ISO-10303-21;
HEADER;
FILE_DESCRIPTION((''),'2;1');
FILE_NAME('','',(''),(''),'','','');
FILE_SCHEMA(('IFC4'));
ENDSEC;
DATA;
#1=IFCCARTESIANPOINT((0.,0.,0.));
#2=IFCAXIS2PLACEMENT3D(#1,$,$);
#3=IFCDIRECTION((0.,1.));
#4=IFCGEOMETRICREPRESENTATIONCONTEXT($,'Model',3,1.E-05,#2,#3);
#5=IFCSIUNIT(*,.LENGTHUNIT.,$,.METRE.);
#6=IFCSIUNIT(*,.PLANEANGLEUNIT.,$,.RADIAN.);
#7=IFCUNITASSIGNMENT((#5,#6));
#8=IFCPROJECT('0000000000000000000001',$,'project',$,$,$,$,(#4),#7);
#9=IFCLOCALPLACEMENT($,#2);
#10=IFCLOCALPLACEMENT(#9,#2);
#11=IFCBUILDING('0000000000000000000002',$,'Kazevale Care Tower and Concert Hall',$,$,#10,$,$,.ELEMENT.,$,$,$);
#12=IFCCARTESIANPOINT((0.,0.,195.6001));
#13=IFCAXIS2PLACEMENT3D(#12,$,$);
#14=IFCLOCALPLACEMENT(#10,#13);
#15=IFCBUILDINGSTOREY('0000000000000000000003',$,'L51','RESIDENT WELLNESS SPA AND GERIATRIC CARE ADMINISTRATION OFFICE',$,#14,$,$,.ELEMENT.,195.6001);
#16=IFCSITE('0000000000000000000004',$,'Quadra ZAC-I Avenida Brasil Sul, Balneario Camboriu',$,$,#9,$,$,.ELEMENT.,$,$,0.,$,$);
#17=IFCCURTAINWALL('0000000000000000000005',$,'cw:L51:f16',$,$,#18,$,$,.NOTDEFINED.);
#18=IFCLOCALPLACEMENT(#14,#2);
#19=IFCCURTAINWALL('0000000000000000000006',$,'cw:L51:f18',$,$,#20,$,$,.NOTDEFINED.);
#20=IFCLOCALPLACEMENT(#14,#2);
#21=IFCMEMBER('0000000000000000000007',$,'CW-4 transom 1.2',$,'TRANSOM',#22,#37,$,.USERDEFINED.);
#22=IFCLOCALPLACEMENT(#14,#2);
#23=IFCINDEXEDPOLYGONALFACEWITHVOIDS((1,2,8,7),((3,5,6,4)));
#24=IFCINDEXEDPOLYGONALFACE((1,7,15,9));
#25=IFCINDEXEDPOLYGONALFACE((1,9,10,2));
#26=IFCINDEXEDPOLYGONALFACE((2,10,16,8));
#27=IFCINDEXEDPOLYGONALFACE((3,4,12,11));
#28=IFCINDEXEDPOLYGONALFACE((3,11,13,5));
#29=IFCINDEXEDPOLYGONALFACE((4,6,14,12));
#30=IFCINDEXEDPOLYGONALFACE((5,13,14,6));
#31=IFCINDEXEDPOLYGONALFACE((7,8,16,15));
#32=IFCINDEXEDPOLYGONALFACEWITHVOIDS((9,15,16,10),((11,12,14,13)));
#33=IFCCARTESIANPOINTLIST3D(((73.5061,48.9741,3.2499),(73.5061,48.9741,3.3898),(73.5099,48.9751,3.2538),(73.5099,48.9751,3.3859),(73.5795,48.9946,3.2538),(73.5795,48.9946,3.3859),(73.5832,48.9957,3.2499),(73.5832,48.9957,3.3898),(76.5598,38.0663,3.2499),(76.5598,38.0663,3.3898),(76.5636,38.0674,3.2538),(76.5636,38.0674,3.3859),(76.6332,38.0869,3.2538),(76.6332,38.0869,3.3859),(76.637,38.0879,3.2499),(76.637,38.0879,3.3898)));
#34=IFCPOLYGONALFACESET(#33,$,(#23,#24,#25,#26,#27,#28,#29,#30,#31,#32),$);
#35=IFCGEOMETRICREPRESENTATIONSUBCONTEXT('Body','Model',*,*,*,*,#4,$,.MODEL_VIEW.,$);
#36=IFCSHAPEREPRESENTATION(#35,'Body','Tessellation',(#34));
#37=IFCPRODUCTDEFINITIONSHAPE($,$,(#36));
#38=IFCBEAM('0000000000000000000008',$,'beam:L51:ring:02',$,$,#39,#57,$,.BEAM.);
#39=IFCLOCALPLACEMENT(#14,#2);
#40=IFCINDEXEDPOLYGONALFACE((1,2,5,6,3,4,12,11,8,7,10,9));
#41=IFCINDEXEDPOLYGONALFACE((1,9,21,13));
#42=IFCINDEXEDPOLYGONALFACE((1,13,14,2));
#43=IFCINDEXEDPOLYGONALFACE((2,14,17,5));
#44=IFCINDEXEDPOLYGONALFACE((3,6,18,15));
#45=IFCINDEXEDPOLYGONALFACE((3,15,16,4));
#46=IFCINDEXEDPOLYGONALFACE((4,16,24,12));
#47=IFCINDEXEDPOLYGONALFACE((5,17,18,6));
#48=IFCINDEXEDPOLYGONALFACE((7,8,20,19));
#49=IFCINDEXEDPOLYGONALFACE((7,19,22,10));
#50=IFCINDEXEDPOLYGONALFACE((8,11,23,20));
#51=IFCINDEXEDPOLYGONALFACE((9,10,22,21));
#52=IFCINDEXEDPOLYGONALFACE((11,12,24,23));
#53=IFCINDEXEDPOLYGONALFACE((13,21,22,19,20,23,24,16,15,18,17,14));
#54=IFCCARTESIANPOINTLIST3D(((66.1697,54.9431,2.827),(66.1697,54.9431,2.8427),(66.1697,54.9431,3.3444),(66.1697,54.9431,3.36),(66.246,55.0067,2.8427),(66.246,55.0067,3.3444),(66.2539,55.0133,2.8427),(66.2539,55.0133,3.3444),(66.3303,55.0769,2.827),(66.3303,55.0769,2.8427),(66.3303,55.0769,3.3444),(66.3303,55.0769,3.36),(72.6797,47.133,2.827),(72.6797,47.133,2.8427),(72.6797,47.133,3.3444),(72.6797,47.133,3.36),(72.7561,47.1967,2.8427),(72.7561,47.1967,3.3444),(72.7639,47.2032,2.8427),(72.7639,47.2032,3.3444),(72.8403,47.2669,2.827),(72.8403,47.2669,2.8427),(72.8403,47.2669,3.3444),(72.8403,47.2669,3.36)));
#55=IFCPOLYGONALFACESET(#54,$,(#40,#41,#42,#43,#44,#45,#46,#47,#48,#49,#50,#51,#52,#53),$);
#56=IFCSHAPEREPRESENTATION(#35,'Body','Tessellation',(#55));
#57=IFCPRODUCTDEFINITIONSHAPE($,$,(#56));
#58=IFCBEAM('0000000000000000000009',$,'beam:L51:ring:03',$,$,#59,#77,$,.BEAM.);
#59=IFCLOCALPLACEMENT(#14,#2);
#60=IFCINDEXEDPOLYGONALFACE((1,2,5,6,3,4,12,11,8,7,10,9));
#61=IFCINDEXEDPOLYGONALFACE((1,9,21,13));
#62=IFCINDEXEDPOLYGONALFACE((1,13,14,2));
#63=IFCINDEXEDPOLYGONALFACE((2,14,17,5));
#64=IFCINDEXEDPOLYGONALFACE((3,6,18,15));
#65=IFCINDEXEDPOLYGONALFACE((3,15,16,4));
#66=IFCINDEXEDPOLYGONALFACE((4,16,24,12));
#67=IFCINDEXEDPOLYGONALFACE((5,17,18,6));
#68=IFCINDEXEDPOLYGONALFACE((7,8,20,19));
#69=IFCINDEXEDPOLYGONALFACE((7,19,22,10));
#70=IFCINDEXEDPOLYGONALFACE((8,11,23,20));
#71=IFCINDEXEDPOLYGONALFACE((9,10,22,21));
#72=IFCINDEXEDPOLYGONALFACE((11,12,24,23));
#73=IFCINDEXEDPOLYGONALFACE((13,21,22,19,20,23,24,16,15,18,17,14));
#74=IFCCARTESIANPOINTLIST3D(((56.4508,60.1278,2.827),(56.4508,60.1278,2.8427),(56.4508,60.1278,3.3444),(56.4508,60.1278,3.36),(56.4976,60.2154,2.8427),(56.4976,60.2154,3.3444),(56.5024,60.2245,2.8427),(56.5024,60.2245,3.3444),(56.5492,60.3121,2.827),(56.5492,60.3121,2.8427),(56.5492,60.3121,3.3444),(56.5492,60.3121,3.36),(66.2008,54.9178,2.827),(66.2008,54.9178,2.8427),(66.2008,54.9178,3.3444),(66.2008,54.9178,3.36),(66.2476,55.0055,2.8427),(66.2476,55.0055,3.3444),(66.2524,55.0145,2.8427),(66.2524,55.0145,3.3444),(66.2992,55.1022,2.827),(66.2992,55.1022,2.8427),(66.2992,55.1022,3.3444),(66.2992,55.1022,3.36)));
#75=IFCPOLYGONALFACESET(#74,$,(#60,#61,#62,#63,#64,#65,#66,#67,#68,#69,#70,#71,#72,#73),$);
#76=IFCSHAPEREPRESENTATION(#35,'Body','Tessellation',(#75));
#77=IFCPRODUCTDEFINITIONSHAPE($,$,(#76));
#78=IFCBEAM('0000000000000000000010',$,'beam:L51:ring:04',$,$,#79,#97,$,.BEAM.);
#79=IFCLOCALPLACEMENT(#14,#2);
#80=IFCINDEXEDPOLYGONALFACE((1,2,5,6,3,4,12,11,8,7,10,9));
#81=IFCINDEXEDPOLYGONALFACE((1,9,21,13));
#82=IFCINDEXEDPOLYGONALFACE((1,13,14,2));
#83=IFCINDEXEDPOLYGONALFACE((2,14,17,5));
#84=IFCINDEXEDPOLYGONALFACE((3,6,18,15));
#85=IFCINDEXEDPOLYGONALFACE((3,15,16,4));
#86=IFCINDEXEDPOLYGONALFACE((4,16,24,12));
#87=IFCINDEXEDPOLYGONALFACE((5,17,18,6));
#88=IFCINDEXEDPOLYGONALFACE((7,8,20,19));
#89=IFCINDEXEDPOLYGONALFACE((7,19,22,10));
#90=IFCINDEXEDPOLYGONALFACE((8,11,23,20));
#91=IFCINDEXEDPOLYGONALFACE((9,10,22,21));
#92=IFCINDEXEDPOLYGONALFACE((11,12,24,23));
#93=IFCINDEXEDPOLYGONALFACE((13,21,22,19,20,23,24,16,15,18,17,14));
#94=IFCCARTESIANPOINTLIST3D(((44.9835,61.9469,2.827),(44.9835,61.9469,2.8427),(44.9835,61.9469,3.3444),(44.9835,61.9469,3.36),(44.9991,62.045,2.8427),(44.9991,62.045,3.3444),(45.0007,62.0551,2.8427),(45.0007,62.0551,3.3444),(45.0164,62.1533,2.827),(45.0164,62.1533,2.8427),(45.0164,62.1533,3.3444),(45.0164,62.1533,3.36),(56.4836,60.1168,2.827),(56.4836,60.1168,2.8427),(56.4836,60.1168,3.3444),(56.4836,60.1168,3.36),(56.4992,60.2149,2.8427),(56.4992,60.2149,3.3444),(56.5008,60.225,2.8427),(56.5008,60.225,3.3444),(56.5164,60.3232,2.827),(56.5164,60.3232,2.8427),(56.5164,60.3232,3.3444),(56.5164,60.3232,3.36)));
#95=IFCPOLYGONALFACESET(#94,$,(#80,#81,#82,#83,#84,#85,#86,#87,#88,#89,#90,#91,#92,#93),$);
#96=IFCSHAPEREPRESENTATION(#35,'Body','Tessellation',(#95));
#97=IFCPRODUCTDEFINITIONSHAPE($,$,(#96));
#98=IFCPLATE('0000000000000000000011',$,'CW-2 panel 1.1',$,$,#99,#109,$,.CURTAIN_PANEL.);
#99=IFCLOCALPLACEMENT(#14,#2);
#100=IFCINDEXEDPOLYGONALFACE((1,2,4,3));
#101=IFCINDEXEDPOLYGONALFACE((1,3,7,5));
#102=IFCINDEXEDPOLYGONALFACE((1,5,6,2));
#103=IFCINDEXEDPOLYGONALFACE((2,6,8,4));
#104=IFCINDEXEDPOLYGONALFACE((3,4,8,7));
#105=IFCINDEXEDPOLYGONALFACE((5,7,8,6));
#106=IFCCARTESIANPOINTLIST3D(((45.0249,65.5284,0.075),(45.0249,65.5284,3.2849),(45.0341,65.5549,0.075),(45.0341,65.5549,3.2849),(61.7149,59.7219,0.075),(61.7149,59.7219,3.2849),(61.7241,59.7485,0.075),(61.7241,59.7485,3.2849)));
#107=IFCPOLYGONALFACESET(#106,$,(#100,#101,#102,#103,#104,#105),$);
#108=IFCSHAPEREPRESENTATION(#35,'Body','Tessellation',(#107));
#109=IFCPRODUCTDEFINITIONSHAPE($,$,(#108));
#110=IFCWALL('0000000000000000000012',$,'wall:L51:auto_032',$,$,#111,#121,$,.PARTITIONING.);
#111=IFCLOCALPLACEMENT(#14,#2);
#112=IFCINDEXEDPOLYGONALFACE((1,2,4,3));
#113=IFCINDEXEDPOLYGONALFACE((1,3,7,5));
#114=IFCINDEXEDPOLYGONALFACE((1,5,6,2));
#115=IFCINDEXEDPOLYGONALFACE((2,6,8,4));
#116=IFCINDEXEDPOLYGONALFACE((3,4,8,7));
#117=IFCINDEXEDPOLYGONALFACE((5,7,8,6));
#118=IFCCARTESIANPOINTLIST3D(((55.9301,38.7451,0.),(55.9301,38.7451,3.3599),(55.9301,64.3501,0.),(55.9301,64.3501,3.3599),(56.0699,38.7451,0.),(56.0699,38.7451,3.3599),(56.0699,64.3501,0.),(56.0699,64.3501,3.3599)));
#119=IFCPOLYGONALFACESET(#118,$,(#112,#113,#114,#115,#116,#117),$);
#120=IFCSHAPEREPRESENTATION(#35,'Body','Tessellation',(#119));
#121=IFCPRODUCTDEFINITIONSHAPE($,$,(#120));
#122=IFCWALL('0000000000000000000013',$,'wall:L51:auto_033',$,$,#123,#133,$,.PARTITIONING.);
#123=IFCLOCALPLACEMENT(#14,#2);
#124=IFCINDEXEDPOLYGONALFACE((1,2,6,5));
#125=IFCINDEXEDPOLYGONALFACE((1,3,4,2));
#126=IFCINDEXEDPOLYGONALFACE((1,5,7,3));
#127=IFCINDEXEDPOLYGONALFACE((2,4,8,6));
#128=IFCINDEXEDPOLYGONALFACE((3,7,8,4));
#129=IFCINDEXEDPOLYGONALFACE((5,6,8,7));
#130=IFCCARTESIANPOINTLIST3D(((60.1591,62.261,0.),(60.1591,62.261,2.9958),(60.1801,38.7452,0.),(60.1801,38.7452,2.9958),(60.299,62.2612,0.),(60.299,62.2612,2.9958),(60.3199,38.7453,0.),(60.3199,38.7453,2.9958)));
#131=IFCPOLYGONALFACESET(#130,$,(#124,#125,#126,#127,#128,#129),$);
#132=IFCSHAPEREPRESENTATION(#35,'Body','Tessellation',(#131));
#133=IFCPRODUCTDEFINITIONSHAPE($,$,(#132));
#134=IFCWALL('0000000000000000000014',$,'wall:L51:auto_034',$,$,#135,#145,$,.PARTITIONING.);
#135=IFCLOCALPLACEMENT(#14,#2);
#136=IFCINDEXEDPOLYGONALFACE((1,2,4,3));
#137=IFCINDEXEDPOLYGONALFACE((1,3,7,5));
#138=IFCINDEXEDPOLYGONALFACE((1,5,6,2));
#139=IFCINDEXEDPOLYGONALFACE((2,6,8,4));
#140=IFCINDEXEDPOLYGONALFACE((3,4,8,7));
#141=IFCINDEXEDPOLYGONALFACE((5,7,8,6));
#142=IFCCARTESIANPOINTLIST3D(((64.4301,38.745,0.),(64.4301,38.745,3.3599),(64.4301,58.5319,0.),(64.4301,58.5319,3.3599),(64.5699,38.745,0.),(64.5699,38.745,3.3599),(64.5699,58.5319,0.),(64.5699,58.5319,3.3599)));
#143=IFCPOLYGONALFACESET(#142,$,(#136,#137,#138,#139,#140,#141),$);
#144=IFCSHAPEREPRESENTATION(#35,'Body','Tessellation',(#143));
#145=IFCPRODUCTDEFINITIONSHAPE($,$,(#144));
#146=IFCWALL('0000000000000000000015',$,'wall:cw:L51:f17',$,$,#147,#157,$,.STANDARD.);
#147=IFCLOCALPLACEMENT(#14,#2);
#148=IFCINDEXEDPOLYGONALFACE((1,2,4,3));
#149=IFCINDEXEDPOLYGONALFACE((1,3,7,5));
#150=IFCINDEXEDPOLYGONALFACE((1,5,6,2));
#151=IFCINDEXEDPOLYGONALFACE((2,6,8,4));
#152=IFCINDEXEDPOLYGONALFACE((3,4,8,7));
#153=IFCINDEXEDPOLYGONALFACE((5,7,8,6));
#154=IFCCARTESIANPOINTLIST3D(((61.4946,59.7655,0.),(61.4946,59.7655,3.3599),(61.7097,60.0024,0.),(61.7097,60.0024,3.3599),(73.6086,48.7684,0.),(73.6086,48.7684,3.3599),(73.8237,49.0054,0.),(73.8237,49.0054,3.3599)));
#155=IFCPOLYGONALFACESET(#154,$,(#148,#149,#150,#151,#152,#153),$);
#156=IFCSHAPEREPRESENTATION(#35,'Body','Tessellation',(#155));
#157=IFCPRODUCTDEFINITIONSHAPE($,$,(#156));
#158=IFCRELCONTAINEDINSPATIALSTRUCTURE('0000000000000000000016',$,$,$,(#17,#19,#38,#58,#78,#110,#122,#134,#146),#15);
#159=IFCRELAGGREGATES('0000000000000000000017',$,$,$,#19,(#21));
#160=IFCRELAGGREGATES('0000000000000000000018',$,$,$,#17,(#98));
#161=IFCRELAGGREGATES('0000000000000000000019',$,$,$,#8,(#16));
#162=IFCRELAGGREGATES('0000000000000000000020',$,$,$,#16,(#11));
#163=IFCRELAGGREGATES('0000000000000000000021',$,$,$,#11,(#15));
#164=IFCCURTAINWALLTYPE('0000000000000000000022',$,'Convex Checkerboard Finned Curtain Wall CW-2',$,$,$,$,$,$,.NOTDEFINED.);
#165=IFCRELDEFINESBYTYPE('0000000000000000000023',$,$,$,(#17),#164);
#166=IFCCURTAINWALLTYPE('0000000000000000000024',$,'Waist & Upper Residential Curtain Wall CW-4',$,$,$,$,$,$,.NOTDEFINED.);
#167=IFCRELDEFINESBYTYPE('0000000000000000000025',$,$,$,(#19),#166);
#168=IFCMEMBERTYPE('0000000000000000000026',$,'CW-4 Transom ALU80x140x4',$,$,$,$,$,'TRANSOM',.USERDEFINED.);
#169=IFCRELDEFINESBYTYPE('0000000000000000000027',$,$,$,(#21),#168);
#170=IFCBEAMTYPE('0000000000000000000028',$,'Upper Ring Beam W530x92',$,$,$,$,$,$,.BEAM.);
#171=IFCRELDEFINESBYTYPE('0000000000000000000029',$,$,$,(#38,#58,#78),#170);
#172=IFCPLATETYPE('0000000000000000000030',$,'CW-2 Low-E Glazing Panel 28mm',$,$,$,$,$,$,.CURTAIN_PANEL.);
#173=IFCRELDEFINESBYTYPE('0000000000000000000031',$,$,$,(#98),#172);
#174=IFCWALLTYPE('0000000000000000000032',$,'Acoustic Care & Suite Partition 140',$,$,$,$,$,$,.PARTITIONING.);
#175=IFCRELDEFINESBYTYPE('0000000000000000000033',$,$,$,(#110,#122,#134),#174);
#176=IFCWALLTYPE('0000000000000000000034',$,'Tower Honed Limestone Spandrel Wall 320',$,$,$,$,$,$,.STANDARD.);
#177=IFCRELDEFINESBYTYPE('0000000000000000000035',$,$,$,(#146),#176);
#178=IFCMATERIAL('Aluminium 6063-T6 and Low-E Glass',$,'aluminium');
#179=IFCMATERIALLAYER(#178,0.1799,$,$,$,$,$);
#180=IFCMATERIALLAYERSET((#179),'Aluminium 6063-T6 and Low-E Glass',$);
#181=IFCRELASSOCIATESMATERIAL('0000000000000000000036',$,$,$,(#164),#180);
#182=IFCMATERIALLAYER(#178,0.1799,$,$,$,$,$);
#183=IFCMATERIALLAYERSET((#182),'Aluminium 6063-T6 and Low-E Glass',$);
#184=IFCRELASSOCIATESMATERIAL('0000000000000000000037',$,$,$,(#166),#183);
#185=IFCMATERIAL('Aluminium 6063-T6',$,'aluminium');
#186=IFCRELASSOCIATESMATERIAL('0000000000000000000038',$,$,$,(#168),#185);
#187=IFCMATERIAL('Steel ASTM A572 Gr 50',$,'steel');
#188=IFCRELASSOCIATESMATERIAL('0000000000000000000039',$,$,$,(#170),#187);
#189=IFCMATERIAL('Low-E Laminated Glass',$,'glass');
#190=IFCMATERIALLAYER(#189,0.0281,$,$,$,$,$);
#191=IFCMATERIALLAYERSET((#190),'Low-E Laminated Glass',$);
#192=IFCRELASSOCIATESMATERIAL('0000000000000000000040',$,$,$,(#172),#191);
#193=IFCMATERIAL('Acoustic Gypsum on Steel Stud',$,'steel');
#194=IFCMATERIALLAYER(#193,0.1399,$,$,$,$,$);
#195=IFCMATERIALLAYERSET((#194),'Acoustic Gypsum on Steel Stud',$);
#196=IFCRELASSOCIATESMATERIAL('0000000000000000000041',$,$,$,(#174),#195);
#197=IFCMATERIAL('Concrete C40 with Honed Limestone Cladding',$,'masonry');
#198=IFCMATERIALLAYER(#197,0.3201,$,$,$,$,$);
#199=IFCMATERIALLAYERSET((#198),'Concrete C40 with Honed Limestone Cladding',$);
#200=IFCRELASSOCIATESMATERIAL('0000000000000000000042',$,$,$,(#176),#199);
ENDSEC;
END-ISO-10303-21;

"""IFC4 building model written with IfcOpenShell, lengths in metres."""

from ifc_helpers import new_model, si_unit, direction, frame, frame_2d, origin, origin_2d, place, context, subcontext, project, spatial, rectangle, hollow_rectangle, i_section, extrude, material, layer, layer_set, material_profile, profile_set, type_object, element, aggregate, save


model = new_model("IFC4")

# Units and contexts
model_context = context("Model", 3, precision=1e-05, world=origin(), true_north=direction((0.0, 1.0)))
body_context = subcontext(model_context, "Body", "Model", "MODEL_VIEW")
ifc_project = project(units=[si_unit("LENGTHUNIT", "METRE"), si_unit("PLANEANGLEUNIT", "RADIAN")], contexts=[model_context])

# Site, building, storey
site_placement = place(None, origin())
site = spatial("IfcSite", under=ifc_project, at=site_placement, Name="Quadra ZAC-I Avenida Brasil Sul, Balneario Camboriu", CompositionType="ELEMENT", RefElevation=0.0)
building_placement = place(site_placement, origin())
building = spatial("IfcBuilding", under=site, at=building_placement, Name="Kazevale Care Tower and Concert Hall", CompositionType="ELEMENT")
storey_placement = place(building_placement, frame((0.0, 0.0, 195.6001)))
storey = spatial("IfcBuildingStorey", under=building, at=storey_placement, Name="L51", Description="RESIDENT WELLNESS SPA AND GERIATRIC CARE ADMINISTRATION OFFICE", CompositionType="ELEMENT", Elevation=195.6001)

# Curtain wall
ifc_material_1 = material(Name="Aluminium 6063-T6 and Low-E Glass", Category="aluminium")
ifc_layer_1 = layer(ifc_material_1, 0.1799)
ifc_layer_set_1 = layer_set([ifc_layer_1], Name="Aluminium 6063-T6 and Low-E Glass")
curtain_wall_type_1 = type_object("IfcCurtainWallType", Name="Convex Checkerboard Finned Curtain Wall CW-2", PredefinedType="NOTDEFINED", material=ifc_layer_set_1)
curtain_wall_1_placement = place(storey_placement, origin())
curtain_wall_1 = element("IfcCurtainWall", 1, at=curtain_wall_1_placement, inside=storey, type_object=curtain_wall_type_1, Name="cw:L51:f16", PredefinedType="NOTDEFINED")
ifc_material_2 = material(Name="Aluminium 6063-T6", Category="aluminium")

# Curtain wall, member
ifc_layer_2 = layer(ifc_material_1, 0.1799)
ifc_layer_set_2 = layer_set([ifc_layer_2], Name="Aluminium 6063-T6 and Low-E Glass")
curtain_wall_type_2 = type_object("IfcCurtainWallType", Name="Waist & Upper Residential Curtain Wall CW-4", PredefinedType="NOTDEFINED", material=ifc_layer_set_2)
curtain_wall_2_placement = place(storey_placement, origin())
curtain_wall_2 = element("IfcCurtainWall", 2, at=curtain_wall_2_placement, inside=storey, type_object=curtain_wall_type_2, Name="cw:L51:f18", PredefinedType="NOTDEFINED")
ifc_material_profile_1 = material_profile(ifc_material_2, hollow_rectangle(XDim=0.0801, YDim=0.1399, WallThickness=0.0039, at=origin_2d()), Name="ALU80x140x4")
ifc_profile_set_1 = profile_set([ifc_material_profile_1], Name="Aluminium 6063-T6")
member_type_1 = type_object("IfcMemberType", Name="CW-4 Transom ALU80x140x4", ElementType="TRANSOM", PredefinedType="USERDEFINED", material=ifc_profile_set_1)
member_1_placement = place(storey_placement, frame((73.5447, 48.9849, 3.3198), z_axis=(0.269593, -0.962974, 0.0), x_axis=(0.962974, 0.269593, 0.0)))
member_1 = element("IfcMember", 3, at=member_1_placement, type_object=member_type_1, Name="CW-4 transom 1.2", ObjectType="TRANSOM", PredefinedType="USERDEFINED", context=body_context, shape_type="SweptSolid", body=[
    extrude(hollow_rectangle(XDim=0.0801, YDim=0.1399, WallThickness=0.0039, at=origin_2d()), origin(), (0.0, 0.0, 1.0), 11.3271),
])
aggregate(curtain_wall_2, [member_1])

# Beams
ifc_material_3 = material(Name="Steel ASTM A572 Gr 50", Category="steel")
ifc_material_profile_2 = material_profile(ifc_material_3, i_section(OverallWidth=0.209, OverallDepth=0.533, WebThickness=0.0103, FlangeThickness=0.0156, at=origin_2d()), Name="W530x92")
ifc_profile_set_2 = profile_set([ifc_material_profile_2], Name="Steel ASTM A572 Gr 50")
beam_type = type_object("IfcBeamType", Name="Upper Ring Beam W530x92", PredefinedType="BEAM", material=ifc_profile_set_2)
beam_1_placement = place(storey_placement, frame((72.76, 47.2, 3.0935), z_axis=(-0.640279, 0.768143, 0.0), x_axis=(-0.768143, -0.640279, 0.0)))
element("IfcBeam", 4, at=beam_1_placement, inside=storey, type_object=beam_type, Name="beam:L51:ring:02", PredefinedType="BEAM", context=body_context, shape_type="SweptSolid", body=[
    extrude(i_section(OverallWidth=0.209, OverallDepth=0.533, WebThickness=0.0103, FlangeThickness=0.0156, at=origin_2d()), origin(), (0.0, 0.0, 1.0), 10.1675),
])
beam_2_placement = place(storey_placement, frame((66.25, 55.01, 3.0935), z_axis=(-0.881979, 0.47129, 0.0), x_axis=(-0.47129, -0.881979, 0.0)))
element("IfcBeam", 5, at=beam_2_placement, inside=storey, type_object=beam_type, Name="beam:L51:ring:03", PredefinedType="BEAM", context=body_context, shape_type="SweptSolid", body=[
    extrude(i_section(OverallWidth=0.209, OverallDepth=0.533, WebThickness=0.0103, FlangeThickness=0.0156, at=origin_2d()), origin(), (0.0, 0.0, 1.0), 11.0547),
])
beam_3_placement = place(storey_placement, frame((56.5, 60.22, 3.0935), z_axis=(-0.987573, 0.15716, 0.0), x_axis=(-0.15716, -0.987573, 0.0)))
element("IfcBeam", 6, at=beam_3_placement, inside=storey, type_object=beam_type, Name="beam:L51:ring:04", PredefinedType="BEAM", context=body_context, shape_type="SweptSolid", body=[
    extrude(i_section(OverallWidth=0.209, OverallDepth=0.533, WebThickness=0.0103, FlangeThickness=0.0156, at=origin_2d()), origin(), (0.0, 0.0, 1.0), 11.6448),
])

# Plate
ifc_material_4 = material(Name="Low-E Laminated Glass", Category="glass")
ifc_layer_3 = layer(ifc_material_4, 0.0281)
ifc_layer_set_3 = layer_set([ifc_layer_3], Name="Low-E Laminated Glass")
plate_type = type_object("IfcPlateType", Name="CW-2 Low-E Glazing Panel 28mm", PredefinedType="CURTAIN_PANEL", material=ifc_layer_set_3)
plate_placement = place(storey_placement, frame((53.3745, 62.6384, 0.075), z_axis=(0.0, 0.0, 1.0), x_axis=(0.944475, -0.328584, 0.0)))
plate = element("IfcPlate", 7, at=plate_placement, type_object=plate_type, Name="CW-2 panel 1.1", PredefinedType="CURTAIN_PANEL", context=body_context, shape_type="SweptSolid", body=[
    extrude(rectangle(XDim=17.6711, YDim=0.0281, at=origin_2d()), origin(), (0.0, 0.0, 1.0), 3.21),
])
aggregate(curtain_wall_1, [plate])

# Walls
ifc_material_5 = material(Name="Acoustic Gypsum on Steel Stud", Category="steel")
ifc_layer_4 = layer(ifc_material_5, 0.1399)
ifc_layer_set_4 = layer_set([ifc_layer_4], Name="Acoustic Gypsum on Steel Stud")
wall_type_1 = type_object("IfcWallType", Name="Acoustic Care & Suite Partition 140", PredefinedType="PARTITIONING", material=ifc_layer_set_4)
wall_1_placement = place(storey_placement, frame((56.0, 64.3501, 0.0), z_axis=(0.0, 0.0, 1.0), x_axis=(0.0, -1.0, 0.0)))
element("IfcWall", 8, at=wall_1_placement, inside=storey, type_object=wall_type_1, Name="wall:L51:auto_032", PredefinedType="PARTITIONING", context=body_context, shape_type="SweptSolid", body=[
    extrude(rectangle(XDim=25.605, YDim=0.1399, at=frame_2d((12.8025, 0.0))), origin(), (0.0, 0.0, 1.0), 3.3599),
])
wall_2_placement = place(storey_placement, frame((60.229, 62.261, 0.0), z_axis=(0.0, 0.0, 1.0), x_axis=(0.000893, -1.0, 0.0)))
element("IfcWall", 9, at=wall_2_placement, inside=storey, type_object=wall_type_1, Name="wall:L51:auto_033", PredefinedType="PARTITIONING", context=body_context, shape_type="SweptSolid", body=[
    extrude(rectangle(XDim=23.5159, YDim=0.1399, at=frame_2d((11.7578, 0.0))), origin(), (0.0, 0.0, 1.0), 2.9958),
])
wall_3_placement = place(storey_placement, frame((64.5, 58.532, 0.0), z_axis=(0.0, 0.0, 1.0), x_axis=(0.0, -1.0, 0.0)))
element("IfcWall", 10, at=wall_3_placement, inside=storey, type_object=wall_type_1, Name="wall:L51:auto_034", PredefinedType="PARTITIONING", context=body_context, shape_type="SweptSolid", body=[
    extrude(rectangle(XDim=19.7869, YDim=0.1399, at=frame_2d((9.8936, 0.0))), origin(), (0.0, 0.0, 1.0), 3.3599),
])
ifc_material_6 = material(Name="Concrete C40 with Honed Limestone Cladding", Category="masonry")
ifc_layer_5 = layer(ifc_material_6, 0.3201)
ifc_layer_set_5 = layer_set([ifc_layer_5], Name="Concrete C40 with Honed Limestone Cladding")
wall_type_2 = type_object("IfcWallType", Name="Tower Honed Limestone Spandrel Wall 320", PredefinedType="STANDARD", material=ifc_layer_set_5)
wall_4_placement = place(storey_placement, frame((61.6021, 59.884, 0.0), z_axis=(0.0, 0.0, 1.0), x_axis=(0.740417, -0.672148, 0.0)))
element("IfcWall", 11, at=wall_4_placement, inside=storey, type_object=wall_type_2, Name="wall:cw:L51:f17", PredefinedType="STANDARD", context=body_context, shape_type="SweptSolid", body=[
    extrude(rectangle(XDim=16.3611, YDim=0.3201, at=frame_2d((8.1807, 0.0))), origin(), (0.0, 0.0, 1.0), 3.3599),
])

save(model, "model.ifc")
